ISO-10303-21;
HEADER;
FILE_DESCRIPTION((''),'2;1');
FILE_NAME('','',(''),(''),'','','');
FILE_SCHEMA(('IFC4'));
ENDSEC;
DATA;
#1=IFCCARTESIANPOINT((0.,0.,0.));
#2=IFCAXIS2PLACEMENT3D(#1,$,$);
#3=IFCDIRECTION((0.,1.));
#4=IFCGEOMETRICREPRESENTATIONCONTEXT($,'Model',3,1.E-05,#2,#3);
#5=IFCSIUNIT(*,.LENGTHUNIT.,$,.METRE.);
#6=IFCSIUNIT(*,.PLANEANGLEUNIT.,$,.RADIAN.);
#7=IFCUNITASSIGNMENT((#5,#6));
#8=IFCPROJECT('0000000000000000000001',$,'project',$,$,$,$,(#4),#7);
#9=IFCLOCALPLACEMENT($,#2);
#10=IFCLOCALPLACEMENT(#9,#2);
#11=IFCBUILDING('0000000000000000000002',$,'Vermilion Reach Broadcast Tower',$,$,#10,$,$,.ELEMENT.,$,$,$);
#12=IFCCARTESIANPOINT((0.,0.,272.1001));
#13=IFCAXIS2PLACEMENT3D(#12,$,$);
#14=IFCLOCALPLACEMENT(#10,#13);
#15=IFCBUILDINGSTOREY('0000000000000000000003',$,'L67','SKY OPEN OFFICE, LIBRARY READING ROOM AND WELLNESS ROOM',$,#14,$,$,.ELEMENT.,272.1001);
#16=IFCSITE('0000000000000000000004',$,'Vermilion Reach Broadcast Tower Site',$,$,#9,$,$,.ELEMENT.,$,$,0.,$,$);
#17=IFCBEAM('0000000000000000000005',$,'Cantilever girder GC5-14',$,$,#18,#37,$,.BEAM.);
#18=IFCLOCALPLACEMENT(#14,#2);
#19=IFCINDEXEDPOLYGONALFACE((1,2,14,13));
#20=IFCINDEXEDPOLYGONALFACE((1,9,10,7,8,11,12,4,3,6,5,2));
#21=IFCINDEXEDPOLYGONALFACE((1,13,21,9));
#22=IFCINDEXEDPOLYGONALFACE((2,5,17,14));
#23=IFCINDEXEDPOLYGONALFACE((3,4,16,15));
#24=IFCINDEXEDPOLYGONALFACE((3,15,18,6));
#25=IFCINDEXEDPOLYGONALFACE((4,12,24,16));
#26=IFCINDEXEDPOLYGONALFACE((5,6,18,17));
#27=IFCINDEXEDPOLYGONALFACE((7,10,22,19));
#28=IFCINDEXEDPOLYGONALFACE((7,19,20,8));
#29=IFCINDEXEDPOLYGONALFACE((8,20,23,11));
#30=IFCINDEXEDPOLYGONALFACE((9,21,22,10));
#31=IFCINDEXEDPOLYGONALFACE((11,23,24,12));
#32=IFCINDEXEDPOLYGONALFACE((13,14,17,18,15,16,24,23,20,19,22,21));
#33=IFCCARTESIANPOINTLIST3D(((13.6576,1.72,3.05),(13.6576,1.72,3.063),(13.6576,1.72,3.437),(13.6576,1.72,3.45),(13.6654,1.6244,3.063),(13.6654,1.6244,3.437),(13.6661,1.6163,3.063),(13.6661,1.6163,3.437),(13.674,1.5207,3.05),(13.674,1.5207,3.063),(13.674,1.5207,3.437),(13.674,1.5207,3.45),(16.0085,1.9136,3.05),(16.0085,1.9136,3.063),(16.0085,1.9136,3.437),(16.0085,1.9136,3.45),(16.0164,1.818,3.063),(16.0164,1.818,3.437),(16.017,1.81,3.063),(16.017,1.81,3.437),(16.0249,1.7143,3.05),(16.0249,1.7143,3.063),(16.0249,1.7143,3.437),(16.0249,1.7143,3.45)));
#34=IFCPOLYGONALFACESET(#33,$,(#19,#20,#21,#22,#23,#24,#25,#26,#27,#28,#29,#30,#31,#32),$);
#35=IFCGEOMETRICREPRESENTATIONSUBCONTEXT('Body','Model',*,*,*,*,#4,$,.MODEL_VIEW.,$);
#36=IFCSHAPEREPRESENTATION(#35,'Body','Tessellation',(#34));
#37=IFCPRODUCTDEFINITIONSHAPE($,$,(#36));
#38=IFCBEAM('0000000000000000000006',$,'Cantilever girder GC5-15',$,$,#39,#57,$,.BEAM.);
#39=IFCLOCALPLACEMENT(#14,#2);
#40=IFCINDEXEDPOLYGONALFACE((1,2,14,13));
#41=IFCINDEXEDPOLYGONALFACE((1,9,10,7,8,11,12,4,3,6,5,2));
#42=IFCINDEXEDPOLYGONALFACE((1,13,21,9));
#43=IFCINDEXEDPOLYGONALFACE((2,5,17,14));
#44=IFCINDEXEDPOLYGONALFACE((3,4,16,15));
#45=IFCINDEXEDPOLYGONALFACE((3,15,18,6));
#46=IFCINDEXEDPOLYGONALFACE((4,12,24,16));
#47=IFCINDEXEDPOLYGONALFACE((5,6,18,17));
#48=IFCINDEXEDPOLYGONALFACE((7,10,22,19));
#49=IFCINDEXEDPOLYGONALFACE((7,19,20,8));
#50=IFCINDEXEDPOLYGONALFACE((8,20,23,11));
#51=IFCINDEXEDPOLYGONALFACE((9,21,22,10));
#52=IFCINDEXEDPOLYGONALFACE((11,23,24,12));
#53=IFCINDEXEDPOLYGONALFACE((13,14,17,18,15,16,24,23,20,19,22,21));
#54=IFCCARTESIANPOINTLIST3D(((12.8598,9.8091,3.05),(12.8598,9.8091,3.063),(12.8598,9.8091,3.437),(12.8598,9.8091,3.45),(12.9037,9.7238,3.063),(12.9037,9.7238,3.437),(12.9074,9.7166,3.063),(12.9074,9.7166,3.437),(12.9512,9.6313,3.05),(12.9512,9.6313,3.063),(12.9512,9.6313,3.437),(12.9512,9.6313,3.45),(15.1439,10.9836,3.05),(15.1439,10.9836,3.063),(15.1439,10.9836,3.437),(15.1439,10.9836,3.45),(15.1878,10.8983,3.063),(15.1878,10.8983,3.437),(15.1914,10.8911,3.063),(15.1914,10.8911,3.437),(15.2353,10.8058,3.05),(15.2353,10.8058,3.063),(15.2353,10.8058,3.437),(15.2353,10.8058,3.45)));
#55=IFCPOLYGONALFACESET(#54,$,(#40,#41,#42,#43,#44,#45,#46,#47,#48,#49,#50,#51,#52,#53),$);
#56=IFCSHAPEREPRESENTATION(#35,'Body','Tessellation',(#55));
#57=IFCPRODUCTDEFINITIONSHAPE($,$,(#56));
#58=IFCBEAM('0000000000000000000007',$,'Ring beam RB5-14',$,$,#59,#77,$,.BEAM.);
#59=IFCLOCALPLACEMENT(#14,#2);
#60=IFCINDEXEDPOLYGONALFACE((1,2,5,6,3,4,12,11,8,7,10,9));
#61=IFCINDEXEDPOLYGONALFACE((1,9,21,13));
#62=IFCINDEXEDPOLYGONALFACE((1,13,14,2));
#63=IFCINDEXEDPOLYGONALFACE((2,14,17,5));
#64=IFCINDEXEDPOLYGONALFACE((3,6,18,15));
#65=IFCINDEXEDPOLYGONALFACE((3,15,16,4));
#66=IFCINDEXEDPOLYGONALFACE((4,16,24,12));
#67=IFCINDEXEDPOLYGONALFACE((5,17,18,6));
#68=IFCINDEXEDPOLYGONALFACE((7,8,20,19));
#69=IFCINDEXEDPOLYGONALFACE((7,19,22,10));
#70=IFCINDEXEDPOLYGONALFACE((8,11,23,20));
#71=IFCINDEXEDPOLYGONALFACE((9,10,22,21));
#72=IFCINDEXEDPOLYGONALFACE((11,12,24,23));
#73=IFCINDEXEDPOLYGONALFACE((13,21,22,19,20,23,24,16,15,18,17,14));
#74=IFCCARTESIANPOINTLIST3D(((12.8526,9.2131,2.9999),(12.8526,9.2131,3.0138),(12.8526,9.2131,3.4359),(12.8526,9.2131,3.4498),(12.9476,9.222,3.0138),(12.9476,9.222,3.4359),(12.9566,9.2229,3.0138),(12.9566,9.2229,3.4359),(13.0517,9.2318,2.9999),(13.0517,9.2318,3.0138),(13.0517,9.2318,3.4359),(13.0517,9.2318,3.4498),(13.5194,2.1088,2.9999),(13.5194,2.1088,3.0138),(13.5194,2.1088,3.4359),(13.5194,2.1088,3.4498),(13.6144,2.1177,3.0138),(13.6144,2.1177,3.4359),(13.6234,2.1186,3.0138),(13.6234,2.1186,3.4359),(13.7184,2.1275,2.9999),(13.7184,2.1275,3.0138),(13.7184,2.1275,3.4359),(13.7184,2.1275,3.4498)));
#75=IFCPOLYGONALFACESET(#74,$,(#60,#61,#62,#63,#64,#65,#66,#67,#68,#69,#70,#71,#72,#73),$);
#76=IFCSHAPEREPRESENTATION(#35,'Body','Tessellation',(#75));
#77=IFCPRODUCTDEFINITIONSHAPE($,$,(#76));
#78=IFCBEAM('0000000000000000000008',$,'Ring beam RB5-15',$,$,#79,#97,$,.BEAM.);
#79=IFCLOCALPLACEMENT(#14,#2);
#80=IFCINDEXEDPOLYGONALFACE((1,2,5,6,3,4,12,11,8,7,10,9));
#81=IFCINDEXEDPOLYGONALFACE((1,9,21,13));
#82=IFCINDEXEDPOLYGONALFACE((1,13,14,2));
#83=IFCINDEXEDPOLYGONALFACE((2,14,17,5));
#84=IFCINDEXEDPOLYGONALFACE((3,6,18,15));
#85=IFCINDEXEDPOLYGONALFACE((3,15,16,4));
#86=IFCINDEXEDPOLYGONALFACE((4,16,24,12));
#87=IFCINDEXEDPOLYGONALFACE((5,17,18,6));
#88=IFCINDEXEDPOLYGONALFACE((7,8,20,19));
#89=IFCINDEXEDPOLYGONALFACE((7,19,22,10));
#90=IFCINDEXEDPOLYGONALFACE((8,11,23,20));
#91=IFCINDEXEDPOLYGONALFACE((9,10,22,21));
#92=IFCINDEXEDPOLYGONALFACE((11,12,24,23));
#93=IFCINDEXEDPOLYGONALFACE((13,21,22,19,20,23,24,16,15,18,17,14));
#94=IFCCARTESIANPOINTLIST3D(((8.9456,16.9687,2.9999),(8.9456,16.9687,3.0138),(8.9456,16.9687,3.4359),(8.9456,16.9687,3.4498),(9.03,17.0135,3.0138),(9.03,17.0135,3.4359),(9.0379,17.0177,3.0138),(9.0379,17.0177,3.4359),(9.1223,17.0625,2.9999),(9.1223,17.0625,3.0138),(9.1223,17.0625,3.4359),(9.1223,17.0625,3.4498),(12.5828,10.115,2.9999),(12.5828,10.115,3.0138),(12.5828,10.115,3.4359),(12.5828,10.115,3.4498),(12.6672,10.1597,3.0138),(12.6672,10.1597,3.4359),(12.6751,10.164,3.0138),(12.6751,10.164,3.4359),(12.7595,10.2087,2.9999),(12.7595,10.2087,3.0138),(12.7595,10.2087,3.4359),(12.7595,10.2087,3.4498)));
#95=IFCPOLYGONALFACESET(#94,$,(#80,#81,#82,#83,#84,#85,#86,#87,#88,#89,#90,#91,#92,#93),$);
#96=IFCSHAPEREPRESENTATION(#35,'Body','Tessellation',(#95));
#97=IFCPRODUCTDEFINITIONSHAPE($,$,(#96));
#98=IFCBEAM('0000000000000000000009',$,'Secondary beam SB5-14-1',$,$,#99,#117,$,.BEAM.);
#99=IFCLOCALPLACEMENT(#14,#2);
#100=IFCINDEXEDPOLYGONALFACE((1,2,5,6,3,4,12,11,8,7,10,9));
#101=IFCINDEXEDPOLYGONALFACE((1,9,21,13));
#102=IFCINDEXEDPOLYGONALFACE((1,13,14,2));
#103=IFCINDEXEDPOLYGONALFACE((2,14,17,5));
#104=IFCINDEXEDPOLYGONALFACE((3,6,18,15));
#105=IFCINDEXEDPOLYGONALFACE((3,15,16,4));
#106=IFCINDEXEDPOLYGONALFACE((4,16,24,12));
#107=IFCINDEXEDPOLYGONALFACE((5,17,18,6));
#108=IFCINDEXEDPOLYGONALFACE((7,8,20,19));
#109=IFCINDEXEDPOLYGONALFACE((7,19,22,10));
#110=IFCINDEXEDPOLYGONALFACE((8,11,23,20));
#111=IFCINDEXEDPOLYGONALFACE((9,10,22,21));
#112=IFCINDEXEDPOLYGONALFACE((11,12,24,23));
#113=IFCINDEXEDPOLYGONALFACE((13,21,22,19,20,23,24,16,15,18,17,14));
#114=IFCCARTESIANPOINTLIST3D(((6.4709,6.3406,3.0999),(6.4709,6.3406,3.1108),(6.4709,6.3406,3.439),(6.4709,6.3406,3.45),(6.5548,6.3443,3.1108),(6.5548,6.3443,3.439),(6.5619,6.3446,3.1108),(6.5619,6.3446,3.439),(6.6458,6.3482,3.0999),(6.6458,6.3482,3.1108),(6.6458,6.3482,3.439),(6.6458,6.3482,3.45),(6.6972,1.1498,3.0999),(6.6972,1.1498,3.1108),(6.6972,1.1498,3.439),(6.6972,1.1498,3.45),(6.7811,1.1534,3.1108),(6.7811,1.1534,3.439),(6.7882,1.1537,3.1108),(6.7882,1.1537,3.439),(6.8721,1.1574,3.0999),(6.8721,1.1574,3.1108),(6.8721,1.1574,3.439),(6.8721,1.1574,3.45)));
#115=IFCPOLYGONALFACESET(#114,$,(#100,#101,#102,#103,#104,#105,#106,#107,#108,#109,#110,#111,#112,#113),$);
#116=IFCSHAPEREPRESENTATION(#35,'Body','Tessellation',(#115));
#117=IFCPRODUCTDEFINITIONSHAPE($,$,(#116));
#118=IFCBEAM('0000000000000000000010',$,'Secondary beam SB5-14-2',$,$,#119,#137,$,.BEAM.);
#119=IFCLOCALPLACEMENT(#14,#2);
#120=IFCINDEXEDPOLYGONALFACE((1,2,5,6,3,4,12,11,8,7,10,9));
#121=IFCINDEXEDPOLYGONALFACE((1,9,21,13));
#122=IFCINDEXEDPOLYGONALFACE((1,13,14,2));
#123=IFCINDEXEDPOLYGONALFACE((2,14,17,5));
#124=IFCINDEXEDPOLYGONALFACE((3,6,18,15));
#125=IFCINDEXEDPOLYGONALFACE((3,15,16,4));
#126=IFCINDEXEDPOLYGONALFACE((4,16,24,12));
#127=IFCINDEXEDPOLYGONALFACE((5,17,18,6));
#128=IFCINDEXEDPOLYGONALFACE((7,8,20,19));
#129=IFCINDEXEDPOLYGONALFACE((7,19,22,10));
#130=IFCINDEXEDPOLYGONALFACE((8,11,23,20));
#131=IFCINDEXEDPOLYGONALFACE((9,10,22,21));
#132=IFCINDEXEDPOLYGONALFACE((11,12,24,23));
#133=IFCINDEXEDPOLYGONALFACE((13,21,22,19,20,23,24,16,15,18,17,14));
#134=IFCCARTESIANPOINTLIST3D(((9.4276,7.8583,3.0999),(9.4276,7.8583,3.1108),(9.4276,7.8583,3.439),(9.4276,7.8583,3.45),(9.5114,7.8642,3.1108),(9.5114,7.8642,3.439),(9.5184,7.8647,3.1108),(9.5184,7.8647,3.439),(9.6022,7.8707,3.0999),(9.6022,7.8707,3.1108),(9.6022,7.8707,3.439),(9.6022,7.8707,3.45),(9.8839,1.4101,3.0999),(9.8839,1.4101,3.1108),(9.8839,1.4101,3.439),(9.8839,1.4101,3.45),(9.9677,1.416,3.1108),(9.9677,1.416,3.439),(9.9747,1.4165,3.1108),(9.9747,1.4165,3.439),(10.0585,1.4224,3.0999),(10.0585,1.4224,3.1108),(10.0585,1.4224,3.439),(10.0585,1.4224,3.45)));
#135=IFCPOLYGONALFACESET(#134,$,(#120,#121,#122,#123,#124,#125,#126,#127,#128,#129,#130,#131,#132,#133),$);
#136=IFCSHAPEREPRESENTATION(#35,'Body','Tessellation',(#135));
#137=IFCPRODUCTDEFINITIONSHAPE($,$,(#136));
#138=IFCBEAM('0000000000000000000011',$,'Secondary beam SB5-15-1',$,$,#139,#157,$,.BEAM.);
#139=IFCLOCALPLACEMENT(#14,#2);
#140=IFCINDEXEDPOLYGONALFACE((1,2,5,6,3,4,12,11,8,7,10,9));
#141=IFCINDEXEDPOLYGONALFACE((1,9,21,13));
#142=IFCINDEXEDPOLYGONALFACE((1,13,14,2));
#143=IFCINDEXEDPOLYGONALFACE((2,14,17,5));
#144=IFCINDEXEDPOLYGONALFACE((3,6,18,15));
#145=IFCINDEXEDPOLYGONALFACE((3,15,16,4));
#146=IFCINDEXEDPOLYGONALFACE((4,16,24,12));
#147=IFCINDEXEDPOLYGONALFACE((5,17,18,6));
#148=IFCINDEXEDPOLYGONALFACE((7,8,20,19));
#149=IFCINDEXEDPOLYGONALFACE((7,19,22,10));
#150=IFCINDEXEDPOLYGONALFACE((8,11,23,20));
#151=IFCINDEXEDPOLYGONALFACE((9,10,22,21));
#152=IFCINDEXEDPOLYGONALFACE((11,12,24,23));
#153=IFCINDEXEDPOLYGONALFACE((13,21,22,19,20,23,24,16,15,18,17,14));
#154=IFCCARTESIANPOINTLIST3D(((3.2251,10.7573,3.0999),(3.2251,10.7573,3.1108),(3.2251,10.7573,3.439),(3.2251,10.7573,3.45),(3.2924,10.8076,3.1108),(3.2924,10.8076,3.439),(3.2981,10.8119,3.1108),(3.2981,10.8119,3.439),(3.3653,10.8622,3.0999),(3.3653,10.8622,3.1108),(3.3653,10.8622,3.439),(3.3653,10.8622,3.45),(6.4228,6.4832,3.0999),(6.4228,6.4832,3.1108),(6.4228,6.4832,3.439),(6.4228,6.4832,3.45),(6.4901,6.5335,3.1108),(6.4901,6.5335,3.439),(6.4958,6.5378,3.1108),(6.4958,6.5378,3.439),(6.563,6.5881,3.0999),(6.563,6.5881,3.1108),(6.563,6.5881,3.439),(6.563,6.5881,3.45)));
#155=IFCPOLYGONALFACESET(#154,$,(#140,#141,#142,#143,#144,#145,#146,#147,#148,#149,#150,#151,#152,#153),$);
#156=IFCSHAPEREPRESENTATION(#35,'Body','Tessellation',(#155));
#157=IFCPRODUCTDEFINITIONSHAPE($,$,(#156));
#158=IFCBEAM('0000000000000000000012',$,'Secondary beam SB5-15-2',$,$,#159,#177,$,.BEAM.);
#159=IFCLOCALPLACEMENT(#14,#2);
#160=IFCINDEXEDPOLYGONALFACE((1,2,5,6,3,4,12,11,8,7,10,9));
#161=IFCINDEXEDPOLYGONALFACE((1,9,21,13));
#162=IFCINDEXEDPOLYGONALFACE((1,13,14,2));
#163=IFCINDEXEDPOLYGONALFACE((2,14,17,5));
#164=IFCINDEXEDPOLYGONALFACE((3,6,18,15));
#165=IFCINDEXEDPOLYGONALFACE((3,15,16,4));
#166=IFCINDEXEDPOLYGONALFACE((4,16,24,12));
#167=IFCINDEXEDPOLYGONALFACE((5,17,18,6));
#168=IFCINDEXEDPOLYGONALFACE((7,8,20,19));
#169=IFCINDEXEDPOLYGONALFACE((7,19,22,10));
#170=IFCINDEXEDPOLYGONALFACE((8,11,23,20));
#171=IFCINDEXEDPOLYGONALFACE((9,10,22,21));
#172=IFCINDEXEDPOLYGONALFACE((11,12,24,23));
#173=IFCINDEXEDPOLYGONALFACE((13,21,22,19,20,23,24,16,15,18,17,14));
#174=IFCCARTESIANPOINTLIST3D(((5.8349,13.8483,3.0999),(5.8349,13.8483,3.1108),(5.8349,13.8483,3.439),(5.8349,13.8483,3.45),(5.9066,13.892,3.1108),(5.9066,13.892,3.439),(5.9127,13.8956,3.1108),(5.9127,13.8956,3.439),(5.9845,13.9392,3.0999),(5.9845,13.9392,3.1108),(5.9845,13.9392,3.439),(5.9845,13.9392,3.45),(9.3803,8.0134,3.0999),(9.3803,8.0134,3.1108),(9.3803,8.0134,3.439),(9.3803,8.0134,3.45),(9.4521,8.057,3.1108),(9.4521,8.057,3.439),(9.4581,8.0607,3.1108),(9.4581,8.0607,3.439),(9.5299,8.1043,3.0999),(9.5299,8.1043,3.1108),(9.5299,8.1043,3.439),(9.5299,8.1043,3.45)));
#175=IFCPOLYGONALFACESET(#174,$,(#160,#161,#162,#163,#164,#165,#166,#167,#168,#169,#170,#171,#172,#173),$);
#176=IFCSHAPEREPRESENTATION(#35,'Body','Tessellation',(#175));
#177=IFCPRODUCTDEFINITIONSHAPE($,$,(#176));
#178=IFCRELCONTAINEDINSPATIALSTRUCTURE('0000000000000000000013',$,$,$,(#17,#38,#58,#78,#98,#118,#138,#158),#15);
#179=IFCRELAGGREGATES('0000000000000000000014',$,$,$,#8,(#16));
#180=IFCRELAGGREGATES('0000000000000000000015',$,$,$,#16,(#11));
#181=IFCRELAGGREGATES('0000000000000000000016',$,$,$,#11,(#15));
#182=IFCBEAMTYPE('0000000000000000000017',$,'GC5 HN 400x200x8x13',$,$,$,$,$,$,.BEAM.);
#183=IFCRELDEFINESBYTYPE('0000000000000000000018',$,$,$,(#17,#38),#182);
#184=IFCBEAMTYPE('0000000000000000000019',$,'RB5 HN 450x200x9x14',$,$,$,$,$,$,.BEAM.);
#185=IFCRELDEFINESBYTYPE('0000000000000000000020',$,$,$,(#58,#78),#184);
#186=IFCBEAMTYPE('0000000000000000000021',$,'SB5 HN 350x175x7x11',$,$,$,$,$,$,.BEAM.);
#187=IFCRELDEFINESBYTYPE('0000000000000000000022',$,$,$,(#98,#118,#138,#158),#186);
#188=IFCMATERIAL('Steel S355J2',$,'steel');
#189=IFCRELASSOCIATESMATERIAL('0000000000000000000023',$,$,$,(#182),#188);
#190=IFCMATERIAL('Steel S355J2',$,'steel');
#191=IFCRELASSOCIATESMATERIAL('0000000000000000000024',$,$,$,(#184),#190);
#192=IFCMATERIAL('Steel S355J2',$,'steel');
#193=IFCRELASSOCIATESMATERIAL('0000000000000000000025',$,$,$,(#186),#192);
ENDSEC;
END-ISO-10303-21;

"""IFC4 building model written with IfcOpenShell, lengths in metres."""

from ifc_helpers import new_model, si_unit, direction, frame, origin, origin_2d, place, context, subcontext, project, spatial, i_section, extrude, material, material_profile, profile_set, type_object, element, save


model = new_model("IFC4")

# Units and contexts
model_context = context("Model", 3, precision=1e-05, world=origin(), true_north=direction((0.0, 1.0)))
body_context = subcontext(model_context, "Body", "Model", "MODEL_VIEW")
ifc_project = project(units=[si_unit("LENGTHUNIT", "METRE"), si_unit("PLANEANGLEUNIT", "RADIAN")], contexts=[model_context])

# Site, building, storey
site_placement = place(None, origin())
site = spatial("IfcSite", under=ifc_project, at=site_placement, Name="Vermilion Reach Broadcast Tower Site", CompositionType="ELEMENT", RefElevation=0.0)
building_placement = place(site_placement, origin())
building = spatial("IfcBuilding", under=site, at=building_placement, Name="Vermilion Reach Broadcast Tower", CompositionType="ELEMENT")
storey_placement = place(building_placement, frame((0.0, 0.0, 272.1001)))
storey = spatial("IfcBuildingStorey", under=building, at=storey_placement, Name="L67", Description="SKY OPEN OFFICE, LIBRARY READING ROOM AND WELLNESS ROOM", CompositionType="ELEMENT", Elevation=272.1001)

# Beams
ifc_material_1 = material(Name="Steel S355J2", Category="steel")
ifc_material_profile_1 = material_profile(ifc_material_1, i_section(OverallWidth=0.2, OverallDepth=0.3999, WebThickness=0.0081, FlangeThickness=0.0129, at=origin_2d()), Name="S355J2 HN 400x200x8x13")
ifc_profile_set_1 = profile_set([ifc_material_profile_1], Name="Steel S355J2")
beam_type_1 = type_object("IfcBeamType", Name="GC5 HN 400x200x8x13", PredefinedType="BEAM", material=ifc_profile_set_1)
beam_1_placement = place(storey_placement, frame((13.6658, 1.6204, 3.25), z_axis=(0.996626, 0.082078, 0.0), x_axis=(-0.082078, 0.996626, 0.0)))
element("IfcBeam", 1, at=beam_1_placement, inside=storey, type_object=beam_type_1, Name="Cantilever girder GC5-14", PredefinedType="BEAM", context=body_context, shape_type="SweptSolid", body=[
    extrude(i_section(OverallWidth=0.2, OverallDepth=0.3999, WebThickness=0.0081, FlangeThickness=0.0129, at=origin_2d()), origin(), (0.0, 0.0, 1.0), 2.3589),
])
beam_2_placement = place(storey_placement, frame((12.9055, 9.7202, 3.25), z_axis=(0.889313, 0.457299, 0.0), x_axis=(-0.457299, 0.889313, 0.0)))
element("IfcBeam", 2, at=beam_2_placement, inside=storey, type_object=beam_type_1, Name="Cantilever girder GC5-15", PredefinedType="BEAM", context=body_context, shape_type="SweptSolid", body=[
    extrude(i_section(OverallWidth=0.2, OverallDepth=0.3999, WebThickness=0.0081, FlangeThickness=0.0129, at=origin_2d()), origin(), (0.0, 0.0, 1.0), 2.5684),
])
ifc_material_2 = material(Name="Steel S355J2", Category="steel")
ifc_material_profile_2 = material_profile(ifc_material_2, i_section(OverallWidth=0.2, OverallDepth=0.45, WebThickness=0.009, FlangeThickness=0.0139, at=origin_2d()), Name="S355J2 HN 450x200x9x14")
ifc_profile_set_2 = profile_set([ifc_material_profile_2], Name="Steel S355J2")
beam_type_2 = type_object("IfcBeamType", Name="RB5 HN 450x200x9x14", PredefinedType="BEAM", material=ifc_profile_set_2)
beam_3_placement = place(storey_placement, frame((13.6189, 2.1182, 3.2249), z_axis=(-0.093441, 0.995625, 0.0), x_axis=(-0.995625, -0.093441, 0.0)))
element("IfcBeam", 3, at=beam_3_placement, inside=storey, type_object=beam_type_2, Name="Ring beam RB5-14", PredefinedType="BEAM", context=body_context, shape_type="SweptSolid", body=[
    extrude(i_section(OverallWidth=0.2, OverallDepth=0.45, WebThickness=0.009, FlangeThickness=0.0139, at=origin_2d()), origin(), (0.0, 0.0, 1.0), 7.1355),
])
beam_4_placement = place(storey_placement, frame((12.6711, 10.1619, 3.2249), z_axis=(-0.468768, 0.883321, 0.0), x_axis=(-0.883321, -0.468768, 0.0)))
element("IfcBeam", 4, at=beam_4_placement, inside=storey, type_object=beam_type_2, Name="Ring beam RB5-15", PredefinedType="BEAM", context=body_context, shape_type="SweptSolid", body=[
    extrude(i_section(OverallWidth=0.2, OverallDepth=0.45, WebThickness=0.009, FlangeThickness=0.0139, at=origin_2d()), origin(), (0.0, 0.0, 1.0), 7.759),
])
ifc_material_3 = material(Name="Steel S355J2", Category="steel")
ifc_material_profile_3 = material_profile(ifc_material_3, i_section(OverallWidth=0.175, OverallDepth=0.3501, WebThickness=0.0071, FlangeThickness=0.011, at=origin_2d()), Name="S355J2 HN 350x175x7x11")
ifc_profile_set_3 = profile_set([ifc_material_profile_3], Name="Steel S355J2")
beam_type_3 = type_object("IfcBeamType", Name="SB5 HN 350x175x7x11", PredefinedType="BEAM", material=ifc_profile_set_3)
beam_5_placement = place(storey_placement, frame((6.7847, 1.1536, 3.2749), z_axis=(-0.043558, 0.999051, 0.0), x_axis=(-0.999051, -0.043558, 0.0)))
element("IfcBeam", 5, at=beam_5_placement, inside=storey, type_object=beam_type_3, Name="Secondary beam SB5-14-1", PredefinedType="BEAM", context=body_context, shape_type="SweptSolid", body=[
    extrude(i_section(OverallWidth=0.175, OverallDepth=0.3501, WebThickness=0.0071, FlangeThickness=0.011, at=origin_2d()), origin(), (0.0, 0.0, 1.0), 5.1958),
])
beam_6_placement = place(storey_placement, frame((9.9712, 1.4163, 3.2749), z_axis=(-0.070587, 0.997506, 0.0), x_axis=(-0.997506, -0.070587, 0.0)))
element("IfcBeam", 6, at=beam_6_placement, inside=storey, type_object=beam_type_3, Name="Secondary beam SB5-14-2", PredefinedType="BEAM", context=body_context, shape_type="SweptSolid", body=[
    extrude(i_section(OverallWidth=0.175, OverallDepth=0.3501, WebThickness=0.0071, FlangeThickness=0.011, at=origin_2d()), origin(), (0.0, 0.0, 1.0), 6.4644),
])
beam_7_placement = place(storey_placement, frame((6.4929, 6.5356, 3.2749), z_axis=(-0.599056, 0.800707, 0.0), x_axis=(-0.800707, -0.599056, 0.0)))
element("IfcBeam", 7, at=beam_7_placement, inside=storey, type_object=beam_type_3, Name="Secondary beam SB5-15-1", PredefinedType="BEAM", context=body_context, shape_type="SweptSolid", body=[
    extrude(i_section(OverallWidth=0.175, OverallDepth=0.3501, WebThickness=0.0071, FlangeThickness=0.011, at=origin_2d()), origin(), (0.0, 0.0, 1.0), 5.3379),
])
beam_8_placement = place(storey_placement, frame((9.4551, 8.0588, 3.2749), z_axis=(-0.519273, 0.854608, 0.0), x_axis=(-0.854608, -0.519273, 0.0)))
element("IfcBeam", 8, at=beam_8_placement, inside=storey, type_object=beam_type_3, Name="Secondary beam SB5-15-2", PredefinedType="BEAM", context=body_context, shape_type="SweptSolid", body=[
    extrude(i_section(OverallWidth=0.175, OverallDepth=0.3501, WebThickness=0.0071, FlangeThickness=0.011, at=origin_2d()), origin(), (0.0, 0.0, 1.0), 6.8276),
])

save(model, "model.ifc")
